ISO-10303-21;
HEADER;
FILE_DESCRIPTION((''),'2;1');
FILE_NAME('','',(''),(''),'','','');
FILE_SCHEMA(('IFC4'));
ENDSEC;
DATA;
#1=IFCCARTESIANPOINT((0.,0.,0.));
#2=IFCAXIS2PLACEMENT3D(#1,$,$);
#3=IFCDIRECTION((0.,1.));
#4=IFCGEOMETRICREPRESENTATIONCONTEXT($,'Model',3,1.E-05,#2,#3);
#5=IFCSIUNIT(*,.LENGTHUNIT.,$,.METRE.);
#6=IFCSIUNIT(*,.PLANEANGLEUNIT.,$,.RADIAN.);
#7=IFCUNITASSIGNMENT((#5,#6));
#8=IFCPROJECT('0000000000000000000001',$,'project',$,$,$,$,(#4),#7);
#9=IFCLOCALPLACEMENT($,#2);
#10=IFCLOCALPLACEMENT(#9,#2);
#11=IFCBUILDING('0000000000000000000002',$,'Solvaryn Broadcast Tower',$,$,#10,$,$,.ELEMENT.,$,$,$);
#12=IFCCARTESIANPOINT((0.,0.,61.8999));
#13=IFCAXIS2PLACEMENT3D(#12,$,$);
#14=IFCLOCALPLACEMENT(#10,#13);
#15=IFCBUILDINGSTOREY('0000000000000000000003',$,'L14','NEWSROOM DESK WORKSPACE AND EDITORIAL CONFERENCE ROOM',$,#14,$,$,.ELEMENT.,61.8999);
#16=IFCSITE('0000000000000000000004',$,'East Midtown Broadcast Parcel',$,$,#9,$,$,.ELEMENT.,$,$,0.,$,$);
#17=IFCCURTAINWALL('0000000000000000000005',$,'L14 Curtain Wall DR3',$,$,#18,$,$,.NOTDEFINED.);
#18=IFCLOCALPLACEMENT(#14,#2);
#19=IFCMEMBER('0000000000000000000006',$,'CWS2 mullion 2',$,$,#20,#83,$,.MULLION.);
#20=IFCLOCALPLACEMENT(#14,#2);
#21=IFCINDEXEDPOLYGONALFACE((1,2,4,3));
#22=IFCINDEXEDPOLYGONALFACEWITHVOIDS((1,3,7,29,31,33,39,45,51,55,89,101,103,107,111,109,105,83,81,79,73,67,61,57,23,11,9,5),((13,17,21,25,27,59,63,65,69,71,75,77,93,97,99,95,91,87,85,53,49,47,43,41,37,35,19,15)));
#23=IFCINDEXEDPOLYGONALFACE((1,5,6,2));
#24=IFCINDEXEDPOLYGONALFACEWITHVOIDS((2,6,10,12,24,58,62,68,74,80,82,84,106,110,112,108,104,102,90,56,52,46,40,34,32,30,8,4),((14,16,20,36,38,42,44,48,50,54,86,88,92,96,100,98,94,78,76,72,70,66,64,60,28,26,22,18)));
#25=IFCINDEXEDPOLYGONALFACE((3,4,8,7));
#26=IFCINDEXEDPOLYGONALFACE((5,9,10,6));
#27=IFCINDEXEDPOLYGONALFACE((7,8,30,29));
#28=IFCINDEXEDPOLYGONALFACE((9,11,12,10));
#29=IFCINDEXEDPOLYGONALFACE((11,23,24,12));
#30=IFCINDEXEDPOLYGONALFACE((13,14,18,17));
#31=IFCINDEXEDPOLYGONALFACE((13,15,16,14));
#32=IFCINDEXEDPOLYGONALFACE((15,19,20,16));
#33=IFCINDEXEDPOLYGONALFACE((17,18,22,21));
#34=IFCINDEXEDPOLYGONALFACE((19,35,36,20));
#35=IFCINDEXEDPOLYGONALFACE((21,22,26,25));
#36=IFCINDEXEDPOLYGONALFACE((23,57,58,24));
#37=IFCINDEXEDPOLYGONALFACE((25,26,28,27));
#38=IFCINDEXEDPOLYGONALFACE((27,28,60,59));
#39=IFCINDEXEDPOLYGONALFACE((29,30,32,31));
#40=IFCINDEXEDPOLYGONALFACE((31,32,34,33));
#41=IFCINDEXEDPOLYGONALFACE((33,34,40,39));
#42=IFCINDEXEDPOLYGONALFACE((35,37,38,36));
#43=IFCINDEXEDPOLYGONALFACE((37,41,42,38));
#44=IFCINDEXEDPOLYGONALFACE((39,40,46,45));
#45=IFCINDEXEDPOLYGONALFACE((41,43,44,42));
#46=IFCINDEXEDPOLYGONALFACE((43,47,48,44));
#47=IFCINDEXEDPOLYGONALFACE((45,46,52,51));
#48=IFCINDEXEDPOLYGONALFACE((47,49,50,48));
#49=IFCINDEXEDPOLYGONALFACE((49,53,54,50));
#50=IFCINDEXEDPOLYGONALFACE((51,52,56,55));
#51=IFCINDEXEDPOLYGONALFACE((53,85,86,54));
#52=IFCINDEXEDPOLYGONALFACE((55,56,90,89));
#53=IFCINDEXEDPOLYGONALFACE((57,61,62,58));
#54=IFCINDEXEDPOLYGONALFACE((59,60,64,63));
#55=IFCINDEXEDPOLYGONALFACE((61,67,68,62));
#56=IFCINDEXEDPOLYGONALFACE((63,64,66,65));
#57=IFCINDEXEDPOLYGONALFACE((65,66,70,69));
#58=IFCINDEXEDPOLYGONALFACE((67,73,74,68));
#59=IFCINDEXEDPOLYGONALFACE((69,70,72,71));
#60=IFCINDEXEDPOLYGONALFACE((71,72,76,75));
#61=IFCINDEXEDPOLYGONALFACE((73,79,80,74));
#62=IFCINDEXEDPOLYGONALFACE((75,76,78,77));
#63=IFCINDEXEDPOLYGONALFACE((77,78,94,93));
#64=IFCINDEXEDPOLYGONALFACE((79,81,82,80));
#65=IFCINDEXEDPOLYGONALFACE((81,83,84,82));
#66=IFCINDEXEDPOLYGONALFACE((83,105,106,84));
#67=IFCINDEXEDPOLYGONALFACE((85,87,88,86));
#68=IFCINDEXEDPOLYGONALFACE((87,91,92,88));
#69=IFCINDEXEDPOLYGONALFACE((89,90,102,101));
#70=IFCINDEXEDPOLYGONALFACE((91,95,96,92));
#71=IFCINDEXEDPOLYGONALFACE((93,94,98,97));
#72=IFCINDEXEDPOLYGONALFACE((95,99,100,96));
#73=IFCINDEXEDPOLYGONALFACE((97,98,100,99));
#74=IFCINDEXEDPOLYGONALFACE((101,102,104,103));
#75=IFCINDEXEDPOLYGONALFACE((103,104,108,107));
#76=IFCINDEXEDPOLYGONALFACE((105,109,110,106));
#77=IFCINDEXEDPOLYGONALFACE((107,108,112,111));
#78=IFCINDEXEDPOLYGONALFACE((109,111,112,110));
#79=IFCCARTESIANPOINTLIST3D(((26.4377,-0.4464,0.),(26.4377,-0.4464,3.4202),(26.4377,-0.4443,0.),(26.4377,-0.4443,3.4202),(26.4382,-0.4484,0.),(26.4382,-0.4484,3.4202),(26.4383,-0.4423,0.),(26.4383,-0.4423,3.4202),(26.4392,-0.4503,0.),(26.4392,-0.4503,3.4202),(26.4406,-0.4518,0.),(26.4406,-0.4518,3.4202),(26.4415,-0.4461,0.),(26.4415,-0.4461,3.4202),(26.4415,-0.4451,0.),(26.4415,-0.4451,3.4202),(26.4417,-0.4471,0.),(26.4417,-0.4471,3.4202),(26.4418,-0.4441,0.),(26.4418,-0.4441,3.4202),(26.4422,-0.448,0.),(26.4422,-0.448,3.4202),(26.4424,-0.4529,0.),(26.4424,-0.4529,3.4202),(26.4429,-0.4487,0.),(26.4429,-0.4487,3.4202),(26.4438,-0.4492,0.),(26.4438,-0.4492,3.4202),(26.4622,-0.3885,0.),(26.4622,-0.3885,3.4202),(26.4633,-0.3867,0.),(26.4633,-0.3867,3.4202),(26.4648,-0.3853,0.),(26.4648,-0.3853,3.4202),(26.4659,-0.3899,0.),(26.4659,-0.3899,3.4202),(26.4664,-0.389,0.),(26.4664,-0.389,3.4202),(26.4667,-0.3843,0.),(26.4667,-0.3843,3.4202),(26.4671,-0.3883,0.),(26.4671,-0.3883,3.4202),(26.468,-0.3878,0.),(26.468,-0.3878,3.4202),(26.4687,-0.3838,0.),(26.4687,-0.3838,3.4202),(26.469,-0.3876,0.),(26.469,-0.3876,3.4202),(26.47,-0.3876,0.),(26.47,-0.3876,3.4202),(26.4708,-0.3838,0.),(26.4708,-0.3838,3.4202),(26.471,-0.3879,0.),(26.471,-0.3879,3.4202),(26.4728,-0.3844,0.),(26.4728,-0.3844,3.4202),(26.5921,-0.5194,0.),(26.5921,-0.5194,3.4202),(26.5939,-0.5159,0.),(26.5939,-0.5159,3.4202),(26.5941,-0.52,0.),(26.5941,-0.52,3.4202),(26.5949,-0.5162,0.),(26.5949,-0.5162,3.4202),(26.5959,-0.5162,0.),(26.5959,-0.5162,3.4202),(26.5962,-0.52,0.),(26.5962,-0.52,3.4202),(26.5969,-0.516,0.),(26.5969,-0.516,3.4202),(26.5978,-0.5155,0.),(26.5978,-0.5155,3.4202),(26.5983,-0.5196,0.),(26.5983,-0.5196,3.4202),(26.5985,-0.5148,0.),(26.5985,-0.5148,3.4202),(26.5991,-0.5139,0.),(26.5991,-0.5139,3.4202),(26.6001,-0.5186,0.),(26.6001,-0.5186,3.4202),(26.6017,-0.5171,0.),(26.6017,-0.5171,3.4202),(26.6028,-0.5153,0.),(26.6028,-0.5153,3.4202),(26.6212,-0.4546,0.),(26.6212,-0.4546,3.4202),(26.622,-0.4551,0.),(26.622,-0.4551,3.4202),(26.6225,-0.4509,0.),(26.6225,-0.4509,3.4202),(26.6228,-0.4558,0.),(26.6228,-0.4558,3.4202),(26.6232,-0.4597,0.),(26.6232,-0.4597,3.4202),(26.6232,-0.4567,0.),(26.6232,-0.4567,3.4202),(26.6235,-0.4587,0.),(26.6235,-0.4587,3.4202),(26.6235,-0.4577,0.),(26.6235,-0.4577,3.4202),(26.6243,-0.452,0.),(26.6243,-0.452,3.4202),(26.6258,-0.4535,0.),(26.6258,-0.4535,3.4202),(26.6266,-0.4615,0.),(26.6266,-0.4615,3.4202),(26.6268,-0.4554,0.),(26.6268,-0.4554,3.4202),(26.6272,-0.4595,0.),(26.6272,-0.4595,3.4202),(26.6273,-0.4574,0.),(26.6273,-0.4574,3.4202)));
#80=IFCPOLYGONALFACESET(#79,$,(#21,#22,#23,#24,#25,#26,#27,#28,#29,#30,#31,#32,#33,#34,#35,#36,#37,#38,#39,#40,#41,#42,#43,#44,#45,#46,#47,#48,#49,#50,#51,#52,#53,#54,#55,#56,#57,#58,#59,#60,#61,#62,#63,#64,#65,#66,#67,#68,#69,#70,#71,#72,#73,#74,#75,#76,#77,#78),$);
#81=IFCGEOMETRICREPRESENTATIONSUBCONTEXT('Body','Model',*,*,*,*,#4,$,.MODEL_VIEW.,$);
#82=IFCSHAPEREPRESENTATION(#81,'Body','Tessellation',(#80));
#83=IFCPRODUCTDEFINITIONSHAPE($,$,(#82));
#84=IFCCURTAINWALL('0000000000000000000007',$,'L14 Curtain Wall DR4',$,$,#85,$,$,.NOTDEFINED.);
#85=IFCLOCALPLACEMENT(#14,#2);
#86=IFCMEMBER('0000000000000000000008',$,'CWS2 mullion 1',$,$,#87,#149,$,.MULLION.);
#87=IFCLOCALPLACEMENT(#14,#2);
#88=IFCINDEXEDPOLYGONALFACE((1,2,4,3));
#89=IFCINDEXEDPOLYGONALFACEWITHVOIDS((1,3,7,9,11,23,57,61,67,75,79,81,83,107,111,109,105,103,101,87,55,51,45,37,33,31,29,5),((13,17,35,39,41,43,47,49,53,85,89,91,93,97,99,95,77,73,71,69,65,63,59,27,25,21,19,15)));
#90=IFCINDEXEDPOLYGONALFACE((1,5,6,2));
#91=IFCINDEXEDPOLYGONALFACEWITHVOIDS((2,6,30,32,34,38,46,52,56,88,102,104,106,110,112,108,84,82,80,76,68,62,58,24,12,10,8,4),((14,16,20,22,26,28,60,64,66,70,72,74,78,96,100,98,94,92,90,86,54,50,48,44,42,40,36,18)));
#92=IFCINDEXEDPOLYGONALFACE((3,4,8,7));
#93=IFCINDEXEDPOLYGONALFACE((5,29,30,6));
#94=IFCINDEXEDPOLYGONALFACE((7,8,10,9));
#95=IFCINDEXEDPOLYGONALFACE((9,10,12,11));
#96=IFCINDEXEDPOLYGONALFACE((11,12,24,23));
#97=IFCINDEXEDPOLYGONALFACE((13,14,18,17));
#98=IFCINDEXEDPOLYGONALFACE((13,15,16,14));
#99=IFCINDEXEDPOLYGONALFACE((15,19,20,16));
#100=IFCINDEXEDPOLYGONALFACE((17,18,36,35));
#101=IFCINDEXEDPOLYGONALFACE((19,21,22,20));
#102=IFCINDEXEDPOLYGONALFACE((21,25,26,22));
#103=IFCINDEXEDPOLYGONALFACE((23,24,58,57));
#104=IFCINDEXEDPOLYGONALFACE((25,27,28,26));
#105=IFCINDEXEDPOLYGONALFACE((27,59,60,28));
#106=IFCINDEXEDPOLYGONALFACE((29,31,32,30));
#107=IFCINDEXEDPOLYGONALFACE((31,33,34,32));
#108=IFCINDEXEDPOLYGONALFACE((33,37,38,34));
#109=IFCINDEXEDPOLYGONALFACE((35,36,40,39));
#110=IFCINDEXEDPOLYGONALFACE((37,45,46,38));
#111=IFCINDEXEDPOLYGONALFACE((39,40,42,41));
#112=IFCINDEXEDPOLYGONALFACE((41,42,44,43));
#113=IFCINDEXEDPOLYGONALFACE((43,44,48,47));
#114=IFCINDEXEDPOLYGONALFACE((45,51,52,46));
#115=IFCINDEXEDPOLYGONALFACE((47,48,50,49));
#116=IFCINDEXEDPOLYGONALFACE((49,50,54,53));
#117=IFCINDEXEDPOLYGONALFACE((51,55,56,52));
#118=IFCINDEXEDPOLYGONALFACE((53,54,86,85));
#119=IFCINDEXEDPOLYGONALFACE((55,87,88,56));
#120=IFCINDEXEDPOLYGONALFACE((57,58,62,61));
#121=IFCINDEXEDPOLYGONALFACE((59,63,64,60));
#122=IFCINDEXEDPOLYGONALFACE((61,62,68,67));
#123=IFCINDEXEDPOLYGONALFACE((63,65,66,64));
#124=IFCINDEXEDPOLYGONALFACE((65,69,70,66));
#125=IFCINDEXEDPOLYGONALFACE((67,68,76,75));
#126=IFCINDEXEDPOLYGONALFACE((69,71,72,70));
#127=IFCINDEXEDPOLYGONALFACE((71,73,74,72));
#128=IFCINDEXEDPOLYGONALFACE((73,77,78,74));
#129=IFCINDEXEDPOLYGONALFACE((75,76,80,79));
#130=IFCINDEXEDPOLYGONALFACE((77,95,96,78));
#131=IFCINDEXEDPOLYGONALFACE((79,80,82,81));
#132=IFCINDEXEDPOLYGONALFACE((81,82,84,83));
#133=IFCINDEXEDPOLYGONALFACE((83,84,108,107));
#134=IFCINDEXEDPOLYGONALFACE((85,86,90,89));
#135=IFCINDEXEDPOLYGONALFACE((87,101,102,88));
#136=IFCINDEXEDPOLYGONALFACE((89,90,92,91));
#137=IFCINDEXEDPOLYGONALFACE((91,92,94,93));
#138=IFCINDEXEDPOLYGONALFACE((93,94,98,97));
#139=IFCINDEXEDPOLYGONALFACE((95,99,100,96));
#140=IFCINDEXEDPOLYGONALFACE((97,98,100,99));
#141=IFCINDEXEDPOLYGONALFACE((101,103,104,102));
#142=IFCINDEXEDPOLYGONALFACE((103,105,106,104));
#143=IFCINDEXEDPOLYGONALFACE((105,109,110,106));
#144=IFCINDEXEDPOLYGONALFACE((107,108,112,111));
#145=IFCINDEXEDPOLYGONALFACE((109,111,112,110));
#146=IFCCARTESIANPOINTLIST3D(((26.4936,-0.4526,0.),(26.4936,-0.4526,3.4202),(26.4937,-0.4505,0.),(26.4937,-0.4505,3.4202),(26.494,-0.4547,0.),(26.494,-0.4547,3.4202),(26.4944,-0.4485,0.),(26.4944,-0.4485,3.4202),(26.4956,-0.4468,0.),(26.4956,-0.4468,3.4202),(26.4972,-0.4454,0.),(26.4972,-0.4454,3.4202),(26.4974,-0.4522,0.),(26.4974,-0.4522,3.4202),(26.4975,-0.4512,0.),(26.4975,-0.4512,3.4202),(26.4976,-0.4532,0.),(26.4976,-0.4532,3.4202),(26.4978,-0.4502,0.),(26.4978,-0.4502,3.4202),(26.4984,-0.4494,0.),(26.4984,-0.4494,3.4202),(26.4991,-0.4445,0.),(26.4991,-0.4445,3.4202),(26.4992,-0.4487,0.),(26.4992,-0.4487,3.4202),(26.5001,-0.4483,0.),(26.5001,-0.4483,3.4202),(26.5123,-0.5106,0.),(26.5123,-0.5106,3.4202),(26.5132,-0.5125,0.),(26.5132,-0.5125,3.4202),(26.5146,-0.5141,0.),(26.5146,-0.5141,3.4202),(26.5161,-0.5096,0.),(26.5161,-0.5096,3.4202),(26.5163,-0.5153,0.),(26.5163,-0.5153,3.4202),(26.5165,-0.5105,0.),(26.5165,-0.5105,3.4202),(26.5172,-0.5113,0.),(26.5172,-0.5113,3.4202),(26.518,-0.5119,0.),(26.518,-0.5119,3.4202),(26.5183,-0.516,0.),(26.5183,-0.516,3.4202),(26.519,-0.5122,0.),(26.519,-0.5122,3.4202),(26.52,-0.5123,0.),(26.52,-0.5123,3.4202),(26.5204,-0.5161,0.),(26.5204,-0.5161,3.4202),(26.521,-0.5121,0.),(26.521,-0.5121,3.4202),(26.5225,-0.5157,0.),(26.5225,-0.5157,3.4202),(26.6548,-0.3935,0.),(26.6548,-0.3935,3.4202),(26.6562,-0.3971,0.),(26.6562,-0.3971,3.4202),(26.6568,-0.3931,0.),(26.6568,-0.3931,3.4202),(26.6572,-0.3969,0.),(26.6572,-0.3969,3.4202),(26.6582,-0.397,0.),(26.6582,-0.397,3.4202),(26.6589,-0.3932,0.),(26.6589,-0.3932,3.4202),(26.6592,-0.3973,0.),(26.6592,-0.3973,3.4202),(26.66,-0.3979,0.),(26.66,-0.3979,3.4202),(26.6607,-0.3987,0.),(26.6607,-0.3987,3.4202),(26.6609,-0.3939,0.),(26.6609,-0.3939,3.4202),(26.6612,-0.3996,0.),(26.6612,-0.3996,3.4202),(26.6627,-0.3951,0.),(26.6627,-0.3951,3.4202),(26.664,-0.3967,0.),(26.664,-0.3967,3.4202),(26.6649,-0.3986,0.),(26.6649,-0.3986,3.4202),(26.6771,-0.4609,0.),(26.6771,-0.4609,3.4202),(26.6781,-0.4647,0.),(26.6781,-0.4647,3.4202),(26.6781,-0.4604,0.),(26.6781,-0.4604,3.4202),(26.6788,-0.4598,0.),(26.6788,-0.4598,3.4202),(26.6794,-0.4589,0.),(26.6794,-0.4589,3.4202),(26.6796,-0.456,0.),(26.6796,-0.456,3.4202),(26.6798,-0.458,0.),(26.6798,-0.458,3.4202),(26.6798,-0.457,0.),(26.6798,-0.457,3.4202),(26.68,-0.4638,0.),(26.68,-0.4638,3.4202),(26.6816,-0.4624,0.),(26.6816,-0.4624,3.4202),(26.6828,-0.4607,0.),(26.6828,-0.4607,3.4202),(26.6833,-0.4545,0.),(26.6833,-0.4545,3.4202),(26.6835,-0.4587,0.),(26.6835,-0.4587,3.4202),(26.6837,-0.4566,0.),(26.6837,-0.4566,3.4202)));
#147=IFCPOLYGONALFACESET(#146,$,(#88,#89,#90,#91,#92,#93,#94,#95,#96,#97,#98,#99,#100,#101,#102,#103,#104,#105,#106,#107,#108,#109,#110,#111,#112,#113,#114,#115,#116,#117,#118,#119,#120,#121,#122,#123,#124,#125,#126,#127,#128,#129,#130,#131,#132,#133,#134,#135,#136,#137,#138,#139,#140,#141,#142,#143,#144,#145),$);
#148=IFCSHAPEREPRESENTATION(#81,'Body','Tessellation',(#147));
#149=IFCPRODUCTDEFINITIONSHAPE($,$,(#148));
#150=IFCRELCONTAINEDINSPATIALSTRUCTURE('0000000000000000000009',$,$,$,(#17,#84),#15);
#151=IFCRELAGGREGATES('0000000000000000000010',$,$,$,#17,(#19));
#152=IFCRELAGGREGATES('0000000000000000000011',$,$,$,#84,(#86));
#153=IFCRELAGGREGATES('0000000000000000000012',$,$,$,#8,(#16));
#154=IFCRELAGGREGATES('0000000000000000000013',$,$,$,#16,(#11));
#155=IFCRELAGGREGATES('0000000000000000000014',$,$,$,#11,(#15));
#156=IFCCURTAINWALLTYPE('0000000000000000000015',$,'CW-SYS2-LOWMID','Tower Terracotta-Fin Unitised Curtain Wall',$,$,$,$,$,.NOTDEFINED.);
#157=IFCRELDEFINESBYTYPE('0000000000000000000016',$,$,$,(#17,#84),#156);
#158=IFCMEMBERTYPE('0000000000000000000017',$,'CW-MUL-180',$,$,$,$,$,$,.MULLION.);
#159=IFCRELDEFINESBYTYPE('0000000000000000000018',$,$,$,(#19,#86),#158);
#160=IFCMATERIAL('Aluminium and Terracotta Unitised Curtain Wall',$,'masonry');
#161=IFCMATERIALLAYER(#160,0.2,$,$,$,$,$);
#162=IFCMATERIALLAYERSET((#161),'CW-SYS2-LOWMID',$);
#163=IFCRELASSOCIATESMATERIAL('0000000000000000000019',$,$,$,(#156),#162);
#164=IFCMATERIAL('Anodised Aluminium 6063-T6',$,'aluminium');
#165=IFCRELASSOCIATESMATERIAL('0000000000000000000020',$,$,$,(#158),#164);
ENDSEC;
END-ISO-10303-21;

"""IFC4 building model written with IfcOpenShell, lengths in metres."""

from ifc_helpers import new_model, si_unit, direction, frame, origin, origin_2d, place, context, subcontext, project, spatial, hollow_rectangle, extrude, material, layer, layer_set, material_profile, profile_set, type_object, element, aggregate, save


model = new_model("IFC4")

# Units and contexts
model_context = context("Model", 3, precision=1e-05, world=origin(), true_north=direction((0.0, 1.0)))
body_context = subcontext(model_context, "Body", "Model", "MODEL_VIEW")
ifc_project = project(units=[si_unit("LENGTHUNIT", "METRE"), si_unit("PLANEANGLEUNIT", "RADIAN")], contexts=[model_context])

# Site, building, storey
site_placement = place(None, origin())
site = spatial("IfcSite", under=ifc_project, at=site_placement, Name="East Midtown Broadcast Parcel", CompositionType="ELEMENT", RefElevation=0.0)
building_placement = place(site_placement, origin())
building = spatial("IfcBuilding", under=site, at=building_placement, Name="Solvaryn Broadcast Tower", CompositionType="ELEMENT")
storey_placement = place(building_placement, frame((0.0, 0.0, 61.8999)))
storey = spatial("IfcBuildingStorey", under=building, at=storey_placement, Name="L14", Description="NEWSROOM DESK WORKSPACE AND EDITORIAL CONFERENCE ROOM", CompositionType="ELEMENT", Elevation=61.8999)

# Curtain wall, member
ifc_material_1 = material(Name="Aluminium and Terracotta Unitised Curtain Wall", Category="masonry")
ifc_layer_1 = layer(ifc_material_1, 0.2)
ifc_layer_set_1 = layer_set([ifc_layer_1], Name="CW-SYS2-LOWMID")
curtain_wall_type = type_object("IfcCurtainWallType", Name="CW-SYS2-LOWMID", Description="Tower Terracotta-Fin Unitised Curtain Wall", PredefinedType="NOTDEFINED", material=ifc_layer_set_1)
curtain_wall_1_placement = place(storey_placement, origin())
curtain_wall_1 = element("IfcCurtainWall", 1, at=curtain_wall_1_placement, inside=storey, type_object=curtain_wall_type, Name="L14 Curtain Wall DR3", PredefinedType="NOTDEFINED")
ifc_material_2 = material(Name="Anodised Aluminium 6063-T6", Category="aluminium")
ifc_material_profile_1 = material_profile(ifc_material_2, hollow_rectangle(XDim=0.075, YDim=0.1799, WallThickness=0.0039, InnerFilletRadius=0.0039, OuterFilletRadius=0.0081, at=origin_2d()))
ifc_profile_set_1 = profile_set([ifc_material_profile_1], Name="Anodised Aluminium 6063-T6")
member_type_1 = type_object("IfcMemberType", Name="CW-MUL-180", PredefinedType="MULLION", material=ifc_profile_set_1)
member_1_placement = place(storey_placement, frame((26.5325, -0.4519, 0.0), z_axis=(0.0, 0.0, 1.0), x_axis=(0.405898, 0.913918, 0.0)))
member_1 = element("IfcMember", 2, at=member_1_placement, type_object=member_type_1, Name="CWS2 mullion 2", PredefinedType="MULLION", context=body_context, shape_type="SweptSolid", body=[
    extrude(hollow_rectangle(XDim=0.075, YDim=0.1799, WallThickness=0.0039, InnerFilletRadius=0.0039, OuterFilletRadius=0.0081, at=origin_2d()), origin(), (0.0, 0.0, 1.0), 3.4202),
])
aggregate(curtain_wall_1, [member_1])

# Curtain wall, member
curtain_wall_2_placement = place(storey_placement, origin())
curtain_wall_2 = element("IfcCurtainWall", 3, at=curtain_wall_2_placement, inside=storey, type_object=curtain_wall_type, Name="L14 Curtain Wall DR4", PredefinedType="NOTDEFINED")
member_2_placement = place(storey_placement, frame((26.5886, -0.4546, 0.0), z_axis=(0.0, 0.0, 1.0), x_axis=(-0.311594, 0.950215, 0.0)))
member_2 = element("IfcMember", 4, at=member_2_placement, type_object=member_type_1, Name="CWS2 mullion 1", PredefinedType="MULLION", context=body_context, shape_type="SweptSolid", body=[
    extrude(hollow_rectangle(XDim=0.075, YDim=0.1799, WallThickness=0.0039, InnerFilletRadius=0.0039, OuterFilletRadius=0.0081, at=origin_2d()), origin(), (0.0, 0.0, 1.0), 3.4202),
])
aggregate(curtain_wall_2, [member_2])

save(model, "model.ifc")
